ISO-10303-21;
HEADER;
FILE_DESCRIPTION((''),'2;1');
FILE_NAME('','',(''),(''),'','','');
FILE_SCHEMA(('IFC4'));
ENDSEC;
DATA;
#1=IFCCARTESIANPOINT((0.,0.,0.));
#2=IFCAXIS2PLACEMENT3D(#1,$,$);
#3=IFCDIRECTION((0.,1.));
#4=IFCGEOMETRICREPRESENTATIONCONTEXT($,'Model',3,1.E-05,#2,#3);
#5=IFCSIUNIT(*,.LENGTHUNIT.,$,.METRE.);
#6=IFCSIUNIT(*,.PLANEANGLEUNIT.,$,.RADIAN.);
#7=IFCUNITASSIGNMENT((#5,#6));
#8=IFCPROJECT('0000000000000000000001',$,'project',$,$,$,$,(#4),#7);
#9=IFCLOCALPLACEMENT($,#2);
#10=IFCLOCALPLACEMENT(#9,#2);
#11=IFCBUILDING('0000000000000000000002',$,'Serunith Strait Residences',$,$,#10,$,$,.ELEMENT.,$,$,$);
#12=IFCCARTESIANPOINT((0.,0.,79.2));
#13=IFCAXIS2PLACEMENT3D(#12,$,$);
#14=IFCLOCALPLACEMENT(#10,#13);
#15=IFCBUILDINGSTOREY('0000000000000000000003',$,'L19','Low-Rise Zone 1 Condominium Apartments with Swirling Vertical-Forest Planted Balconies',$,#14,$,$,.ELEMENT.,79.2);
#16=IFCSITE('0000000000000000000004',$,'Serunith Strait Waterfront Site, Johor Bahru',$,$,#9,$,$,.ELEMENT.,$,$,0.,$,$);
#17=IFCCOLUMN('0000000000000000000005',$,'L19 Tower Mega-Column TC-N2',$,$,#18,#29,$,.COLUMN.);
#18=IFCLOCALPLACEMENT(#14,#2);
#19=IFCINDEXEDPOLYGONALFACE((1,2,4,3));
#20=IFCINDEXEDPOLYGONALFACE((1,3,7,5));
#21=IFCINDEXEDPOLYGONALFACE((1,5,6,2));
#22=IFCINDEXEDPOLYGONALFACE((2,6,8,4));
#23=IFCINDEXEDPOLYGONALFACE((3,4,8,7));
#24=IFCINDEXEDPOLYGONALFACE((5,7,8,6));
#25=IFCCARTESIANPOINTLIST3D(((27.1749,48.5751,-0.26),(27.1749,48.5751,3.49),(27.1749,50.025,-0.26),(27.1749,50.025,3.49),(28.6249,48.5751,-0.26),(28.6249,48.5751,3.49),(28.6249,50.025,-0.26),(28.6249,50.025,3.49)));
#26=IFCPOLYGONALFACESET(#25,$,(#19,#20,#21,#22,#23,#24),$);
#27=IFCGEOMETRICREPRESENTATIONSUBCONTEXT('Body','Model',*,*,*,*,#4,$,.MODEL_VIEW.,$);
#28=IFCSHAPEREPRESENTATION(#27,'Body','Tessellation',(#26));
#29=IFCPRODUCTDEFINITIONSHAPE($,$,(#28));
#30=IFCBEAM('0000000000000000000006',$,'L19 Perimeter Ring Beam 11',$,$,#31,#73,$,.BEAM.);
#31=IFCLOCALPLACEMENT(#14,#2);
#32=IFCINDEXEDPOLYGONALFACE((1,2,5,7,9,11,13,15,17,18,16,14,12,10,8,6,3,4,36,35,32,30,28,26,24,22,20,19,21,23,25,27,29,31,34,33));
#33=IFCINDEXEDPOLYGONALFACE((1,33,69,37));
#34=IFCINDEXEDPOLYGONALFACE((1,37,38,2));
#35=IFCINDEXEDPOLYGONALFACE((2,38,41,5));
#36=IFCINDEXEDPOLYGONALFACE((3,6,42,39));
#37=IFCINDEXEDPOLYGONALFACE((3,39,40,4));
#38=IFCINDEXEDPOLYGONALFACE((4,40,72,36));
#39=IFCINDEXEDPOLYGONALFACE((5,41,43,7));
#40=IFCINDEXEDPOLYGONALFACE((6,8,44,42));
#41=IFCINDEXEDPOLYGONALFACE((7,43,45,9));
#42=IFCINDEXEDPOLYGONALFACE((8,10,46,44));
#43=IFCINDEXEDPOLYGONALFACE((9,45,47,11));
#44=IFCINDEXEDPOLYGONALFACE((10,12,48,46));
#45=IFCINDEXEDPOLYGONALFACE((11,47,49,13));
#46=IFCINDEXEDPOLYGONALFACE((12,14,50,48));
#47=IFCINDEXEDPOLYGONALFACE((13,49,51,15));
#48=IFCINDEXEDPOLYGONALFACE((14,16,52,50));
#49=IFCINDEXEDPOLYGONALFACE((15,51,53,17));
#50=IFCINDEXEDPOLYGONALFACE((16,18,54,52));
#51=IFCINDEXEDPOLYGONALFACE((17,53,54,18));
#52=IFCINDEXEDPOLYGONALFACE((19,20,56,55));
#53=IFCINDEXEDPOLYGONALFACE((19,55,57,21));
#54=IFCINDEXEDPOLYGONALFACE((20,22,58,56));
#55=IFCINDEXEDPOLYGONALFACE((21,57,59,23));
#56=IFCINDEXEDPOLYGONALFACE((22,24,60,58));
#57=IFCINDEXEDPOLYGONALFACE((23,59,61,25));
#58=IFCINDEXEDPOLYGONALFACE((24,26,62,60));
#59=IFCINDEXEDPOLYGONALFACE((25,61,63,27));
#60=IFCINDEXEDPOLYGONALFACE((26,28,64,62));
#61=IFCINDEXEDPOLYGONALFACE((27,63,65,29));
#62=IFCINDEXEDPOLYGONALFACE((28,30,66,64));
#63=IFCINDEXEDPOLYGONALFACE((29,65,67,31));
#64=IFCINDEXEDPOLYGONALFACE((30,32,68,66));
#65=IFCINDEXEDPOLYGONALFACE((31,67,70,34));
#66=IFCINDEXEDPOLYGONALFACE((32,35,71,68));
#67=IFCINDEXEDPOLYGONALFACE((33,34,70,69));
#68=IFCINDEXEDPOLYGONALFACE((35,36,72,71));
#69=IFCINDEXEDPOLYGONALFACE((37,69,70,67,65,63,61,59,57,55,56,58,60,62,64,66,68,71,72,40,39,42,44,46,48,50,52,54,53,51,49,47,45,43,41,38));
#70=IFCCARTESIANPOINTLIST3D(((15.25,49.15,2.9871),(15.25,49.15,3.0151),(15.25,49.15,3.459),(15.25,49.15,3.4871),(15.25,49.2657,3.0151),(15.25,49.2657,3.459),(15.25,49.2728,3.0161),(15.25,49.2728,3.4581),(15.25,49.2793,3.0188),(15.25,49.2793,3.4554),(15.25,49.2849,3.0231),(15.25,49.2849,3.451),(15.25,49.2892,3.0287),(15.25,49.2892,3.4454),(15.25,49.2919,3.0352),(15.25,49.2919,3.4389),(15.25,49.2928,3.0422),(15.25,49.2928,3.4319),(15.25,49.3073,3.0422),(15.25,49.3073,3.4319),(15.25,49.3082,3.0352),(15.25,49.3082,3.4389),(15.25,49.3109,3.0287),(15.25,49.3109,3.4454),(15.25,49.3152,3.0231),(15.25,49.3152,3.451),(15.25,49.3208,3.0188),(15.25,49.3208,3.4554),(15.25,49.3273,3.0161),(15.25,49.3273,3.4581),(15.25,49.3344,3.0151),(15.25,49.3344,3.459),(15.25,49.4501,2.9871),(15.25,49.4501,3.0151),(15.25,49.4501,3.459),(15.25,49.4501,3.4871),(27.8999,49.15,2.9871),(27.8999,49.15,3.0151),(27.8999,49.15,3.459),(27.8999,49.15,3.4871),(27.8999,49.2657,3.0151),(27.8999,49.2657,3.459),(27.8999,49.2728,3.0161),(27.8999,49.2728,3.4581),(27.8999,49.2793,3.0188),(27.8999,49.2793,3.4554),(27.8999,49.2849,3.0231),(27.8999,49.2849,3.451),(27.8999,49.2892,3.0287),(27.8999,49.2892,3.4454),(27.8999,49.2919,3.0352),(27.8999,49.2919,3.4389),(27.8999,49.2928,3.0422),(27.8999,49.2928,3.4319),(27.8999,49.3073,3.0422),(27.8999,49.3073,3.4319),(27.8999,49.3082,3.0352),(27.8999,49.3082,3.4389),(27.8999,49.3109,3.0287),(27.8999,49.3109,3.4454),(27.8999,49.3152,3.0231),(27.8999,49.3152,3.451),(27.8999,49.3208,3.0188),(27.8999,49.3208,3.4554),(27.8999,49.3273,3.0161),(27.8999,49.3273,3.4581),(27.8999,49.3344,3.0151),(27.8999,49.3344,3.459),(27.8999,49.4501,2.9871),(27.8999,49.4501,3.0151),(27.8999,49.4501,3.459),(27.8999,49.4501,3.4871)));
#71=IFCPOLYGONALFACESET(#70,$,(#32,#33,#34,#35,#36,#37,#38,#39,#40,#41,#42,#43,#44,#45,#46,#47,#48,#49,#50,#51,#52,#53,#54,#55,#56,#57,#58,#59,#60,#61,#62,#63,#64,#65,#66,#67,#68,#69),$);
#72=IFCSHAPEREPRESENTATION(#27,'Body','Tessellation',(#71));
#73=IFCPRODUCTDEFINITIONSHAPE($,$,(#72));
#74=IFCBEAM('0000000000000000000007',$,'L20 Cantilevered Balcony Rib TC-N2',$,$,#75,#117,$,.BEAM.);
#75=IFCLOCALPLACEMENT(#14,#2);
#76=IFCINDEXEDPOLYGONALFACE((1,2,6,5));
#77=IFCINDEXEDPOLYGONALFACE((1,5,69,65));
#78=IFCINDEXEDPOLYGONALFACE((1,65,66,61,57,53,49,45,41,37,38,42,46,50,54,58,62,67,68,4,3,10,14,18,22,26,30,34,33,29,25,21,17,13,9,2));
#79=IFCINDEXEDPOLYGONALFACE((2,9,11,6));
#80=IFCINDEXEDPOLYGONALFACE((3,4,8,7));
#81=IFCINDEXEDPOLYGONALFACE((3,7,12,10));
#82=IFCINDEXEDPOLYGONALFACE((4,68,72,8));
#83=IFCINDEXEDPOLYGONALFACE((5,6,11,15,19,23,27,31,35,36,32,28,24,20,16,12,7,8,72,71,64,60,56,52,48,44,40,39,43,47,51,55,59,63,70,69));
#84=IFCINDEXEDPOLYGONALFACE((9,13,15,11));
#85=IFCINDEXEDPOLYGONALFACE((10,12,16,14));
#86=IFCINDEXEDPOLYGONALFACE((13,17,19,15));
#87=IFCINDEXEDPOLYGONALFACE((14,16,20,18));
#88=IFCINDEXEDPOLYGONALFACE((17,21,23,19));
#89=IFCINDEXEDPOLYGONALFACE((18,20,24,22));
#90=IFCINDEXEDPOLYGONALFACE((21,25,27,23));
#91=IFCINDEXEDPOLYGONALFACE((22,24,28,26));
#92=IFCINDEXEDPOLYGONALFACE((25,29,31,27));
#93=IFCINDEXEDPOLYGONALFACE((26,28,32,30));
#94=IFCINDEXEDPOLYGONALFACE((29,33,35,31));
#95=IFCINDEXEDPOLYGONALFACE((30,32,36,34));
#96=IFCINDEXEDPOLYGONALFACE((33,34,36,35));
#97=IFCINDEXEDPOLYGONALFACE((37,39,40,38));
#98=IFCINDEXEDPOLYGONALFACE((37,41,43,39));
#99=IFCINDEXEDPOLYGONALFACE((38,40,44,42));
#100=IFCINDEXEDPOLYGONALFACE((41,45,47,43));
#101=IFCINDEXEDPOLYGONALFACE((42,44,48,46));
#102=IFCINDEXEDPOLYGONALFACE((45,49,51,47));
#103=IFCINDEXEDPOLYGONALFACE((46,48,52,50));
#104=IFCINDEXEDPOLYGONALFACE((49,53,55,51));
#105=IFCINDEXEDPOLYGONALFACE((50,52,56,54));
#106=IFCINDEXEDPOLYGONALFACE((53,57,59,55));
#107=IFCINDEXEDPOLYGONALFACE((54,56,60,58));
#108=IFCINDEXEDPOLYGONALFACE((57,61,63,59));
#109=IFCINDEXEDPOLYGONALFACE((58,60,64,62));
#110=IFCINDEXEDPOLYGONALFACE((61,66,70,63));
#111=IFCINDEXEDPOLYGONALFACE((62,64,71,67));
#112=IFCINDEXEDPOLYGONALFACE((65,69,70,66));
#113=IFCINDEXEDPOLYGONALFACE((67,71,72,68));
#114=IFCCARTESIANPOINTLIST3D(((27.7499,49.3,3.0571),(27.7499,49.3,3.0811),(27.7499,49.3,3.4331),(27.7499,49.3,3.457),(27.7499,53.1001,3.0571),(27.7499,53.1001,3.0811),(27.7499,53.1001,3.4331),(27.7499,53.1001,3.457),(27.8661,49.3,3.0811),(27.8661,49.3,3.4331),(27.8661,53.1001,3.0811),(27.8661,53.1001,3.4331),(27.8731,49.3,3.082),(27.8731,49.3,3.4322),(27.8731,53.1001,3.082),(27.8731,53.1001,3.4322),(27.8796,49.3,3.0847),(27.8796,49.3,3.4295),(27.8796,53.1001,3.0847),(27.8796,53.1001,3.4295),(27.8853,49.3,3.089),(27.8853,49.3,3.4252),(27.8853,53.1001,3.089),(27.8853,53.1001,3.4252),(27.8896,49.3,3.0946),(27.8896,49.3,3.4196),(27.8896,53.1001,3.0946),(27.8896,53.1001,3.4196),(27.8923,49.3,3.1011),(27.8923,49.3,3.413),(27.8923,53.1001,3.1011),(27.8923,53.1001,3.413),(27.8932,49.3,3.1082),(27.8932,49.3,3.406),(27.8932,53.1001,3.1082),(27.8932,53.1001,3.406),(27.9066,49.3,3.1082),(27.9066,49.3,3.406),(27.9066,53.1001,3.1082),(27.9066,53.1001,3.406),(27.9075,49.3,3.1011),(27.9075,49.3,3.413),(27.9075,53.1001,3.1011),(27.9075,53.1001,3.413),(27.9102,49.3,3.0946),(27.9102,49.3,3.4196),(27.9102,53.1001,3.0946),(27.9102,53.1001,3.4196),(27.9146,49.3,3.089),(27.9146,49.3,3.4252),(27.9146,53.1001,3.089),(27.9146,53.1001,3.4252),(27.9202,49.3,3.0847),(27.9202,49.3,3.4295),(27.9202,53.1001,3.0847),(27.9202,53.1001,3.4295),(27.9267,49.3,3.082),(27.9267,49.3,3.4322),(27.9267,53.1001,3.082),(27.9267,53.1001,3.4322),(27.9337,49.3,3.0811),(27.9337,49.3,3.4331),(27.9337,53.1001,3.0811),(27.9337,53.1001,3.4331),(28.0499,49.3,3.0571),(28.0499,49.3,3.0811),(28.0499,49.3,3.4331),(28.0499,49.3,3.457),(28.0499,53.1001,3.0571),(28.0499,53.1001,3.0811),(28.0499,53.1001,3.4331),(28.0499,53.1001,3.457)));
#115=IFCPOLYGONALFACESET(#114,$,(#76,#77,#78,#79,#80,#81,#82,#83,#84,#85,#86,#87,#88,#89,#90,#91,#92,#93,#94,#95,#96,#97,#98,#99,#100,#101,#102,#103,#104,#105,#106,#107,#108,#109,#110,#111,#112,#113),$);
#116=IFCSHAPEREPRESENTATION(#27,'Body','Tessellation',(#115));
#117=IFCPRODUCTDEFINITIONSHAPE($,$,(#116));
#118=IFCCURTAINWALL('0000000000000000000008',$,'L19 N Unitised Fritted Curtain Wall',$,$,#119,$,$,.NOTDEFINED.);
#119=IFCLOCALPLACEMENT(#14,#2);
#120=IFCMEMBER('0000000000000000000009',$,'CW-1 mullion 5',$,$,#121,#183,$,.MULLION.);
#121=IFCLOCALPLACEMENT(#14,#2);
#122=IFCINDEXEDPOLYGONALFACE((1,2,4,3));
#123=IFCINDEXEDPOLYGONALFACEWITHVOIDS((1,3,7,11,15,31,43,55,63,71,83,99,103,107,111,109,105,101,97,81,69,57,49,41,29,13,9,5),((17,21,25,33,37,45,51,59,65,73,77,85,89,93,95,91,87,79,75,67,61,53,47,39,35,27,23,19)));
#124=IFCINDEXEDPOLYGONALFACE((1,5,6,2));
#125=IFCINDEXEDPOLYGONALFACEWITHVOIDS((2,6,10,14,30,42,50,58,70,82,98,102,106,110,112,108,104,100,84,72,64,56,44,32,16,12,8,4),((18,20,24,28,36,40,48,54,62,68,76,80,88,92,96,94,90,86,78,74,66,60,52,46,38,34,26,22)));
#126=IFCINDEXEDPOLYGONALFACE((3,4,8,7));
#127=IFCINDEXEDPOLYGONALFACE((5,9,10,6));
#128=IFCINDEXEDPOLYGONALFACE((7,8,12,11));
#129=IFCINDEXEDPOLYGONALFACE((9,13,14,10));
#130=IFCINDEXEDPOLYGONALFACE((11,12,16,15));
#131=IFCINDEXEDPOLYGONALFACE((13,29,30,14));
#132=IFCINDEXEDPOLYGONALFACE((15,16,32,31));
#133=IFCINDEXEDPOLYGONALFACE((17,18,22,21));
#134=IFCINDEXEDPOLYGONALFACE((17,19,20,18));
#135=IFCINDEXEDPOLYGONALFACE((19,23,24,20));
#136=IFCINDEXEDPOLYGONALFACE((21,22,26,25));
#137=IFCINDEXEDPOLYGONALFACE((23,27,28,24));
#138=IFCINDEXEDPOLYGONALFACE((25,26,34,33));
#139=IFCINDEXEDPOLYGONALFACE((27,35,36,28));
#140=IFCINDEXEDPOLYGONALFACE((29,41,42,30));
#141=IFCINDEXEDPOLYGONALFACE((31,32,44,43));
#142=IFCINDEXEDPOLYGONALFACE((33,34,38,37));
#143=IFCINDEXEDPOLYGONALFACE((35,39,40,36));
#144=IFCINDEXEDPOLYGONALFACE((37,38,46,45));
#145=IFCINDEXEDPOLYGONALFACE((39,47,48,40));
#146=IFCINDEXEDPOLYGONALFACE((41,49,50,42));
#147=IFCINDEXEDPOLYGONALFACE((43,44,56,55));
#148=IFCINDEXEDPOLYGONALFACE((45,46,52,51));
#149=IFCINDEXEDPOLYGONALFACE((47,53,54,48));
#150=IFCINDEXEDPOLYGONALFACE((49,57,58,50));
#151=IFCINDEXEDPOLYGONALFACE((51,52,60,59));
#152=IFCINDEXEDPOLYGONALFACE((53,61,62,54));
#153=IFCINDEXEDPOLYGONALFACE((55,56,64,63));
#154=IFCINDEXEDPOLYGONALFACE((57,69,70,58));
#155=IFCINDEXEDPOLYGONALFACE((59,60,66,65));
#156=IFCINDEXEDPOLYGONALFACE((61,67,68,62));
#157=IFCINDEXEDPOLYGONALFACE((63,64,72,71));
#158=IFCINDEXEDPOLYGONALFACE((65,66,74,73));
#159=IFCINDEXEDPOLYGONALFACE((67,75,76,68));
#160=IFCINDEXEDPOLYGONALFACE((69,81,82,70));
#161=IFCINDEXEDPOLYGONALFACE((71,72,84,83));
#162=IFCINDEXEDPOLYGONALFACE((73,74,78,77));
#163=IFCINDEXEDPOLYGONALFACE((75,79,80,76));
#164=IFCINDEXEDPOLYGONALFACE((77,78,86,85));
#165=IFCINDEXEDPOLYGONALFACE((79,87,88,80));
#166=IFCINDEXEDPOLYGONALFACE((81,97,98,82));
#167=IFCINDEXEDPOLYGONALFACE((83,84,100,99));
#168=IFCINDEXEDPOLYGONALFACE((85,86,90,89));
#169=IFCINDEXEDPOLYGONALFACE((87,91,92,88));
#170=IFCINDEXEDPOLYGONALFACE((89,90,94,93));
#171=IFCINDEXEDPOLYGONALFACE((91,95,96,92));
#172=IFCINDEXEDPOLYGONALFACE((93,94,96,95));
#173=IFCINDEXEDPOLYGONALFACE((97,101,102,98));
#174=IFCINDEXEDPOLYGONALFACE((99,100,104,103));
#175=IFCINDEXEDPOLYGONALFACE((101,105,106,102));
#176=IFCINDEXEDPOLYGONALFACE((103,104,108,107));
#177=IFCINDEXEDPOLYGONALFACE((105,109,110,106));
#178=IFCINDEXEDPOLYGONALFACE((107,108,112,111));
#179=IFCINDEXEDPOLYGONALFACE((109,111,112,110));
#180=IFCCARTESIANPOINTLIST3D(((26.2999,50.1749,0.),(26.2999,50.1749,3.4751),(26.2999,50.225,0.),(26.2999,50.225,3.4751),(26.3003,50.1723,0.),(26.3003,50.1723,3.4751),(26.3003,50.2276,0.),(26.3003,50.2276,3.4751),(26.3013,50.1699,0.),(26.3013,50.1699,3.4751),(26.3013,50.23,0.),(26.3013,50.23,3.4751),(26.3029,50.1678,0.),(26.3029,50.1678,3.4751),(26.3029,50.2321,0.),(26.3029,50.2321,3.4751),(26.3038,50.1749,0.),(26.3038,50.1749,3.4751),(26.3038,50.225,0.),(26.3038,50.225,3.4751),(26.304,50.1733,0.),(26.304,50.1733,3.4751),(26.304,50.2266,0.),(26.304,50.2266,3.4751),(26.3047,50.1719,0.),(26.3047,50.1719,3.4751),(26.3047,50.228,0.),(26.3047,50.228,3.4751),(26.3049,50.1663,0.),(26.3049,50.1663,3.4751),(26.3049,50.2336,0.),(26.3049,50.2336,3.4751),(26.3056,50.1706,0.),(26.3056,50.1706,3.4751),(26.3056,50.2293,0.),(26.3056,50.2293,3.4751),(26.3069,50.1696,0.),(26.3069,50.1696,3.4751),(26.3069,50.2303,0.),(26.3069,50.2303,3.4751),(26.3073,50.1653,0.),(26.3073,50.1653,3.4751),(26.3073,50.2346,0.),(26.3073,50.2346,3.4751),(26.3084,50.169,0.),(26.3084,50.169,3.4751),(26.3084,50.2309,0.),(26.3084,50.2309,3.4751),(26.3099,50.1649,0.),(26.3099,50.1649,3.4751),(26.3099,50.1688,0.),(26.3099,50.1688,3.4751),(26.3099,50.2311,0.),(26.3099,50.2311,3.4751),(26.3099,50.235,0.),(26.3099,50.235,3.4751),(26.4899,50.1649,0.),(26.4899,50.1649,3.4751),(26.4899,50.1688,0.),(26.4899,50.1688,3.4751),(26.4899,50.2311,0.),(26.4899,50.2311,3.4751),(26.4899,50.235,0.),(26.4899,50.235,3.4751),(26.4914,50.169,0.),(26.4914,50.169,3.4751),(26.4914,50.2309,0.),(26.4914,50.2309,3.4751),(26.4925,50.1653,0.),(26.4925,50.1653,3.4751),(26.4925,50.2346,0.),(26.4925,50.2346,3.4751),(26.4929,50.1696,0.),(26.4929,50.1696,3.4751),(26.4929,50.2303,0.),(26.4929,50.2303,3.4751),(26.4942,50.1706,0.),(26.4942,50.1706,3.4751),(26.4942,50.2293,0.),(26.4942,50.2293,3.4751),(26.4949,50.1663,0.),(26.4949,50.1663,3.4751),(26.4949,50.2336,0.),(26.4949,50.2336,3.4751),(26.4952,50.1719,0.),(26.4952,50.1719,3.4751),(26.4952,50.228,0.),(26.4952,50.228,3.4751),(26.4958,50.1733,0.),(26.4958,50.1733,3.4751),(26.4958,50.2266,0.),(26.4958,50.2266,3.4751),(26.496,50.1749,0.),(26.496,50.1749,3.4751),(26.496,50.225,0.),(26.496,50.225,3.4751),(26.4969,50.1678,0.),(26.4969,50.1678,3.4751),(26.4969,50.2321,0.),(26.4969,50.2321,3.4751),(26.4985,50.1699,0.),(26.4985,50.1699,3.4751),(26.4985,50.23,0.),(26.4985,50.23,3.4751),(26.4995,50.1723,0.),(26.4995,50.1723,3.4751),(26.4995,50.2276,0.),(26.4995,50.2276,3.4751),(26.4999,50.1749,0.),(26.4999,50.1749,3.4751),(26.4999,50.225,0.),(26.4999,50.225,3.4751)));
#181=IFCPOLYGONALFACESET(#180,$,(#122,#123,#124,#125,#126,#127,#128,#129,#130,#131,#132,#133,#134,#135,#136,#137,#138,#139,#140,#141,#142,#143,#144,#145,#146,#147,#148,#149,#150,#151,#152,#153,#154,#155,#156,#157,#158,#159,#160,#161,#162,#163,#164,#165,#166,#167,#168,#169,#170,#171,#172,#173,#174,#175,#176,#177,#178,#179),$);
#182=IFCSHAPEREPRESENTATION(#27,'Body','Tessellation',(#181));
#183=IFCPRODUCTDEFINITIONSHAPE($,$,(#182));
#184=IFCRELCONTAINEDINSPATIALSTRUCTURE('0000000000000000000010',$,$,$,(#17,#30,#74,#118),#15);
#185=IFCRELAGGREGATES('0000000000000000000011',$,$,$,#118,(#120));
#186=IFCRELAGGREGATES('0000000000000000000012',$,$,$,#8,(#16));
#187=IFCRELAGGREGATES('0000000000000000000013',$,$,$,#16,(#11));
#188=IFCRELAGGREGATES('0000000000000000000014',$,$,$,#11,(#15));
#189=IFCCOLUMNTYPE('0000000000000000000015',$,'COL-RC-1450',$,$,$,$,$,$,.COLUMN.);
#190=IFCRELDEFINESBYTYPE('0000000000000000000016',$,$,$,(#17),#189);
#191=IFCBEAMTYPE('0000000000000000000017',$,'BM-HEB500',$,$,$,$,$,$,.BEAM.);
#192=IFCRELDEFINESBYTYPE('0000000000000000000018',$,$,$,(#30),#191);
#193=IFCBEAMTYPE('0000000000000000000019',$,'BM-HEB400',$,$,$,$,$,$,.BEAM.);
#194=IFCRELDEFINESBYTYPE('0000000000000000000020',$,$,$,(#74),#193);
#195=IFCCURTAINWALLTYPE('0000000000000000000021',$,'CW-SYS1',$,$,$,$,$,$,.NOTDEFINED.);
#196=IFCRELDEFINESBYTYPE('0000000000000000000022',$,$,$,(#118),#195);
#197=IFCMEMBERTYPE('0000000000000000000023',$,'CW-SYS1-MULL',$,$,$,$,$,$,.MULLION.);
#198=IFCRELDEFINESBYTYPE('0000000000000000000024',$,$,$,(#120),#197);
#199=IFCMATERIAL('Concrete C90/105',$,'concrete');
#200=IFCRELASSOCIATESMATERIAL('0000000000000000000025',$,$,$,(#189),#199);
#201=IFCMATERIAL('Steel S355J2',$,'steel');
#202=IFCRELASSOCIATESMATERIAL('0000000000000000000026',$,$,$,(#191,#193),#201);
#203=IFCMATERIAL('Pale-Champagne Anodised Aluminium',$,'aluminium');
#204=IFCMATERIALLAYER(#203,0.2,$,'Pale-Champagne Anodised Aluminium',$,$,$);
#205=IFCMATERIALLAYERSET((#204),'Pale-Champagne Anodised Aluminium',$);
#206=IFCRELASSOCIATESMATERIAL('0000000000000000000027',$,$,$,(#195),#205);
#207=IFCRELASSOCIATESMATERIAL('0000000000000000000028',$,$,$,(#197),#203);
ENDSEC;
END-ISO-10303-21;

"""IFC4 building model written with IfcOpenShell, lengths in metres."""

from ifc_helpers import new_model, si_unit, direction, frame, origin, origin_2d, place, context, subcontext, project, spatial, rectangle, hollow_rectangle, i_section, extrude, source, transform, mapped, material, layer, layer_set, material_profile, profile_set, type_object, element, aggregate, save


model = new_model("IFC4")

# Units and contexts
model_context = context("Model", 3, precision=1e-05, world=origin(), true_north=direction((0.0, 1.0)))
body_context = subcontext(model_context, "Body", "Model", "MODEL_VIEW")
ifc_project = project(units=[si_unit("LENGTHUNIT", "METRE"), si_unit("PLANEANGLEUNIT", "RADIAN")], contexts=[model_context])

# Site, building, storey
site_placement = place(None, origin())
site = spatial("IfcSite", under=ifc_project, at=site_placement, Name="Serunith Strait Waterfront Site, Johor Bahru", CompositionType="ELEMENT", RefElevation=0.0)
building_placement = place(site_placement, origin())
building = spatial("IfcBuilding", under=site, at=building_placement, Name="Serunith Strait Residences", CompositionType="ELEMENT")
storey_placement = place(building_placement, frame((0.0, 0.0, 79.2)))
storey = spatial("IfcBuildingStorey", under=building, at=storey_placement, Name="L19", Description="Low-Rise Zone 1 Condominium Apartments with Swirling Vertical-Forest Planted Balconies", CompositionType="ELEMENT", Elevation=79.2)

# Column
ifc_material_1 = material(Name="Concrete C90/105", Category="concrete")
ifc_material_profile_1 = material_profile(ifc_material_1, rectangle(XDim=1.45, YDim=1.45, at=origin_2d()), Name="RC 1450x1450")
ifc_profile_set_1 = profile_set([ifc_material_profile_1], Name="Concrete C90/105")
column_type = type_object("IfcColumnType", Name="COL-RC-1450", PredefinedType="COLUMN", material=ifc_profile_set_1)
shared_shape_1 = source(origin(), body_context, "Body", "SweptSolid", [
    extrude(rectangle(XDim=1.45, YDim=1.45, at=origin_2d()), origin(), (0.0, 0.0, 1.0), 3.75),
])
column_placement = place(storey_placement, frame((27.8999, 49.3, -0.26), z_axis=(0.0, 0.0, 1.0), x_axis=(1.0, 0.0, 0.0)))
element("IfcColumn", 1, at=column_placement, inside=storey, type_object=column_type, Name="L19 Tower Mega-Column TC-N2", PredefinedType="COLUMN", context=body_context, shape_type="MappedRepresentation", body=[
    mapped(shared_shape_1, transform((0.0, 0.0, 0.0), scale=1.0)),
])

# Beams
ifc_material_2 = material(Name="Steel S355J2", Category="steel")
ifc_material_profile_2 = material_profile(ifc_material_2, i_section(OverallWidth=0.3, OverallDepth=0.5, WebThickness=0.0144, FlangeThickness=0.0281, FilletRadius=0.0271, at=origin_2d()), Name="HEB 500")
ifc_profile_set_2 = profile_set([ifc_material_profile_2], Name="Steel S355J2")
beam_type_1 = type_object("IfcBeamType", Name="BM-HEB500", PredefinedType="BEAM", material=ifc_profile_set_2)
shared_shape_2 = source(origin(), body_context, "Body", "SweptSolid", [
    extrude(i_section(OverallWidth=0.3, OverallDepth=0.5, WebThickness=0.0144, FlangeThickness=0.0281, FilletRadius=0.0271, at=origin_2d()), origin(), (0.0, 0.0, 1.0), 12.6499),
])
beam_1_placement = place(storey_placement, frame((27.8999, 49.3, 3.2371), z_axis=(-1.0, 0.0, 0.0), x_axis=(0.0, -1.0, 0.0)))
element("IfcBeam", 2, at=beam_1_placement, inside=storey, type_object=beam_type_1, Name="L19 Perimeter Ring Beam 11", PredefinedType="BEAM", context=body_context, shape_type="MappedRepresentation", body=[
    mapped(shared_shape_2, transform((0.0, 0.0, 0.0), scale=1.0)),
])
ifc_material_profile_3 = material_profile(ifc_material_2, i_section(OverallWidth=0.3, OverallDepth=0.3999, WebThickness=0.0134, FlangeThickness=0.0239, FilletRadius=0.0271, at=origin_2d()), Name="HEB 400")
ifc_profile_set_3 = profile_set([ifc_material_profile_3], Name="Steel S355J2")
beam_type_2 = type_object("IfcBeamType", Name="BM-HEB400", PredefinedType="BEAM", material=ifc_profile_set_3)
shared_shape_3 = source(origin(), body_context, "Body", "SweptSolid", [
    extrude(i_section(OverallWidth=0.3, OverallDepth=0.3999, WebThickness=0.0134, FlangeThickness=0.0239, FilletRadius=0.0271, at=origin_2d()), origin(), (0.0, 0.0, 1.0), 3.8),
])
beam_2_placement = place(storey_placement, frame((27.8999, 49.3, 3.2571), z_axis=(0.0, 1.0, 0.0), x_axis=(-1.0, 0.0, 0.0)))
element("IfcBeam", 3, at=beam_2_placement, inside=storey, type_object=beam_type_2, Name="L20 Cantilevered Balcony Rib TC-N2", PredefinedType="BEAM", context=body_context, shape_type="MappedRepresentation", body=[
    mapped(shared_shape_3, transform((0.0, 0.0, 0.0), scale=1.0)),
])

# Curtain wall, member
ifc_material_3 = material(Name="Pale-Champagne Anodised Aluminium", Category="aluminium")
ifc_layer_1 = layer(ifc_material_3, 0.2, Name="Pale-Champagne Anodised Aluminium")
ifc_layer_set_1 = layer_set([ifc_layer_1], Name="Pale-Champagne Anodised Aluminium")
curtain_wall_type = type_object("IfcCurtainWallType", Name="CW-SYS1", PredefinedType="NOTDEFINED", material=ifc_layer_set_1)
curtain_wall_placement = place(storey_placement, origin())
curtain_wall = element("IfcCurtainWall", 4, at=curtain_wall_placement, inside=storey, type_object=curtain_wall_type, Name="L19 N Unitised Fritted Curtain Wall", PredefinedType="NOTDEFINED")
ifc_material_profile_4 = material_profile(ifc_material_3, hollow_rectangle(XDim=0.0701, YDim=0.2, WallThickness=0.0039, InnerFilletRadius=0.0061, OuterFilletRadius=0.01, at=origin_2d()), Name="ALU 200x70x4")
ifc_profile_set_4 = profile_set([ifc_material_profile_4], Name="Pale-Champagne Anodised Aluminium")
member_type_1 = type_object("IfcMemberType", Name="CW-SYS1-MULL", PredefinedType="MULLION", material=ifc_profile_set_4)
shared_shape_4 = source(origin(), body_context, "Body", "SweptSolid", [
    extrude(hollow_rectangle(XDim=0.0701, YDim=0.2, WallThickness=0.0039, InnerFilletRadius=0.0061, OuterFilletRadius=0.01, at=origin_2d()), origin(), (0.0, 0.0, 1.0), 3.4751),
])
member_1_placement = place(storey_placement, frame((26.3999, 50.2, 0.0), z_axis=(0.0, 0.0, 1.0), x_axis=(0.0, -1.0, 0.0)))
member_1 = element("IfcMember", 5, at=member_1_placement, type_object=member_type_1, Name="CW-1 mullion 5", PredefinedType="MULLION", context=body_context, shape_type="MappedRepresentation", body=[
    mapped(shared_shape_4, transform((0.0, 0.0, 0.0), scale=1.0)),
])
aggregate(curtain_wall, [member_1])

save(model, "model.ifc")
